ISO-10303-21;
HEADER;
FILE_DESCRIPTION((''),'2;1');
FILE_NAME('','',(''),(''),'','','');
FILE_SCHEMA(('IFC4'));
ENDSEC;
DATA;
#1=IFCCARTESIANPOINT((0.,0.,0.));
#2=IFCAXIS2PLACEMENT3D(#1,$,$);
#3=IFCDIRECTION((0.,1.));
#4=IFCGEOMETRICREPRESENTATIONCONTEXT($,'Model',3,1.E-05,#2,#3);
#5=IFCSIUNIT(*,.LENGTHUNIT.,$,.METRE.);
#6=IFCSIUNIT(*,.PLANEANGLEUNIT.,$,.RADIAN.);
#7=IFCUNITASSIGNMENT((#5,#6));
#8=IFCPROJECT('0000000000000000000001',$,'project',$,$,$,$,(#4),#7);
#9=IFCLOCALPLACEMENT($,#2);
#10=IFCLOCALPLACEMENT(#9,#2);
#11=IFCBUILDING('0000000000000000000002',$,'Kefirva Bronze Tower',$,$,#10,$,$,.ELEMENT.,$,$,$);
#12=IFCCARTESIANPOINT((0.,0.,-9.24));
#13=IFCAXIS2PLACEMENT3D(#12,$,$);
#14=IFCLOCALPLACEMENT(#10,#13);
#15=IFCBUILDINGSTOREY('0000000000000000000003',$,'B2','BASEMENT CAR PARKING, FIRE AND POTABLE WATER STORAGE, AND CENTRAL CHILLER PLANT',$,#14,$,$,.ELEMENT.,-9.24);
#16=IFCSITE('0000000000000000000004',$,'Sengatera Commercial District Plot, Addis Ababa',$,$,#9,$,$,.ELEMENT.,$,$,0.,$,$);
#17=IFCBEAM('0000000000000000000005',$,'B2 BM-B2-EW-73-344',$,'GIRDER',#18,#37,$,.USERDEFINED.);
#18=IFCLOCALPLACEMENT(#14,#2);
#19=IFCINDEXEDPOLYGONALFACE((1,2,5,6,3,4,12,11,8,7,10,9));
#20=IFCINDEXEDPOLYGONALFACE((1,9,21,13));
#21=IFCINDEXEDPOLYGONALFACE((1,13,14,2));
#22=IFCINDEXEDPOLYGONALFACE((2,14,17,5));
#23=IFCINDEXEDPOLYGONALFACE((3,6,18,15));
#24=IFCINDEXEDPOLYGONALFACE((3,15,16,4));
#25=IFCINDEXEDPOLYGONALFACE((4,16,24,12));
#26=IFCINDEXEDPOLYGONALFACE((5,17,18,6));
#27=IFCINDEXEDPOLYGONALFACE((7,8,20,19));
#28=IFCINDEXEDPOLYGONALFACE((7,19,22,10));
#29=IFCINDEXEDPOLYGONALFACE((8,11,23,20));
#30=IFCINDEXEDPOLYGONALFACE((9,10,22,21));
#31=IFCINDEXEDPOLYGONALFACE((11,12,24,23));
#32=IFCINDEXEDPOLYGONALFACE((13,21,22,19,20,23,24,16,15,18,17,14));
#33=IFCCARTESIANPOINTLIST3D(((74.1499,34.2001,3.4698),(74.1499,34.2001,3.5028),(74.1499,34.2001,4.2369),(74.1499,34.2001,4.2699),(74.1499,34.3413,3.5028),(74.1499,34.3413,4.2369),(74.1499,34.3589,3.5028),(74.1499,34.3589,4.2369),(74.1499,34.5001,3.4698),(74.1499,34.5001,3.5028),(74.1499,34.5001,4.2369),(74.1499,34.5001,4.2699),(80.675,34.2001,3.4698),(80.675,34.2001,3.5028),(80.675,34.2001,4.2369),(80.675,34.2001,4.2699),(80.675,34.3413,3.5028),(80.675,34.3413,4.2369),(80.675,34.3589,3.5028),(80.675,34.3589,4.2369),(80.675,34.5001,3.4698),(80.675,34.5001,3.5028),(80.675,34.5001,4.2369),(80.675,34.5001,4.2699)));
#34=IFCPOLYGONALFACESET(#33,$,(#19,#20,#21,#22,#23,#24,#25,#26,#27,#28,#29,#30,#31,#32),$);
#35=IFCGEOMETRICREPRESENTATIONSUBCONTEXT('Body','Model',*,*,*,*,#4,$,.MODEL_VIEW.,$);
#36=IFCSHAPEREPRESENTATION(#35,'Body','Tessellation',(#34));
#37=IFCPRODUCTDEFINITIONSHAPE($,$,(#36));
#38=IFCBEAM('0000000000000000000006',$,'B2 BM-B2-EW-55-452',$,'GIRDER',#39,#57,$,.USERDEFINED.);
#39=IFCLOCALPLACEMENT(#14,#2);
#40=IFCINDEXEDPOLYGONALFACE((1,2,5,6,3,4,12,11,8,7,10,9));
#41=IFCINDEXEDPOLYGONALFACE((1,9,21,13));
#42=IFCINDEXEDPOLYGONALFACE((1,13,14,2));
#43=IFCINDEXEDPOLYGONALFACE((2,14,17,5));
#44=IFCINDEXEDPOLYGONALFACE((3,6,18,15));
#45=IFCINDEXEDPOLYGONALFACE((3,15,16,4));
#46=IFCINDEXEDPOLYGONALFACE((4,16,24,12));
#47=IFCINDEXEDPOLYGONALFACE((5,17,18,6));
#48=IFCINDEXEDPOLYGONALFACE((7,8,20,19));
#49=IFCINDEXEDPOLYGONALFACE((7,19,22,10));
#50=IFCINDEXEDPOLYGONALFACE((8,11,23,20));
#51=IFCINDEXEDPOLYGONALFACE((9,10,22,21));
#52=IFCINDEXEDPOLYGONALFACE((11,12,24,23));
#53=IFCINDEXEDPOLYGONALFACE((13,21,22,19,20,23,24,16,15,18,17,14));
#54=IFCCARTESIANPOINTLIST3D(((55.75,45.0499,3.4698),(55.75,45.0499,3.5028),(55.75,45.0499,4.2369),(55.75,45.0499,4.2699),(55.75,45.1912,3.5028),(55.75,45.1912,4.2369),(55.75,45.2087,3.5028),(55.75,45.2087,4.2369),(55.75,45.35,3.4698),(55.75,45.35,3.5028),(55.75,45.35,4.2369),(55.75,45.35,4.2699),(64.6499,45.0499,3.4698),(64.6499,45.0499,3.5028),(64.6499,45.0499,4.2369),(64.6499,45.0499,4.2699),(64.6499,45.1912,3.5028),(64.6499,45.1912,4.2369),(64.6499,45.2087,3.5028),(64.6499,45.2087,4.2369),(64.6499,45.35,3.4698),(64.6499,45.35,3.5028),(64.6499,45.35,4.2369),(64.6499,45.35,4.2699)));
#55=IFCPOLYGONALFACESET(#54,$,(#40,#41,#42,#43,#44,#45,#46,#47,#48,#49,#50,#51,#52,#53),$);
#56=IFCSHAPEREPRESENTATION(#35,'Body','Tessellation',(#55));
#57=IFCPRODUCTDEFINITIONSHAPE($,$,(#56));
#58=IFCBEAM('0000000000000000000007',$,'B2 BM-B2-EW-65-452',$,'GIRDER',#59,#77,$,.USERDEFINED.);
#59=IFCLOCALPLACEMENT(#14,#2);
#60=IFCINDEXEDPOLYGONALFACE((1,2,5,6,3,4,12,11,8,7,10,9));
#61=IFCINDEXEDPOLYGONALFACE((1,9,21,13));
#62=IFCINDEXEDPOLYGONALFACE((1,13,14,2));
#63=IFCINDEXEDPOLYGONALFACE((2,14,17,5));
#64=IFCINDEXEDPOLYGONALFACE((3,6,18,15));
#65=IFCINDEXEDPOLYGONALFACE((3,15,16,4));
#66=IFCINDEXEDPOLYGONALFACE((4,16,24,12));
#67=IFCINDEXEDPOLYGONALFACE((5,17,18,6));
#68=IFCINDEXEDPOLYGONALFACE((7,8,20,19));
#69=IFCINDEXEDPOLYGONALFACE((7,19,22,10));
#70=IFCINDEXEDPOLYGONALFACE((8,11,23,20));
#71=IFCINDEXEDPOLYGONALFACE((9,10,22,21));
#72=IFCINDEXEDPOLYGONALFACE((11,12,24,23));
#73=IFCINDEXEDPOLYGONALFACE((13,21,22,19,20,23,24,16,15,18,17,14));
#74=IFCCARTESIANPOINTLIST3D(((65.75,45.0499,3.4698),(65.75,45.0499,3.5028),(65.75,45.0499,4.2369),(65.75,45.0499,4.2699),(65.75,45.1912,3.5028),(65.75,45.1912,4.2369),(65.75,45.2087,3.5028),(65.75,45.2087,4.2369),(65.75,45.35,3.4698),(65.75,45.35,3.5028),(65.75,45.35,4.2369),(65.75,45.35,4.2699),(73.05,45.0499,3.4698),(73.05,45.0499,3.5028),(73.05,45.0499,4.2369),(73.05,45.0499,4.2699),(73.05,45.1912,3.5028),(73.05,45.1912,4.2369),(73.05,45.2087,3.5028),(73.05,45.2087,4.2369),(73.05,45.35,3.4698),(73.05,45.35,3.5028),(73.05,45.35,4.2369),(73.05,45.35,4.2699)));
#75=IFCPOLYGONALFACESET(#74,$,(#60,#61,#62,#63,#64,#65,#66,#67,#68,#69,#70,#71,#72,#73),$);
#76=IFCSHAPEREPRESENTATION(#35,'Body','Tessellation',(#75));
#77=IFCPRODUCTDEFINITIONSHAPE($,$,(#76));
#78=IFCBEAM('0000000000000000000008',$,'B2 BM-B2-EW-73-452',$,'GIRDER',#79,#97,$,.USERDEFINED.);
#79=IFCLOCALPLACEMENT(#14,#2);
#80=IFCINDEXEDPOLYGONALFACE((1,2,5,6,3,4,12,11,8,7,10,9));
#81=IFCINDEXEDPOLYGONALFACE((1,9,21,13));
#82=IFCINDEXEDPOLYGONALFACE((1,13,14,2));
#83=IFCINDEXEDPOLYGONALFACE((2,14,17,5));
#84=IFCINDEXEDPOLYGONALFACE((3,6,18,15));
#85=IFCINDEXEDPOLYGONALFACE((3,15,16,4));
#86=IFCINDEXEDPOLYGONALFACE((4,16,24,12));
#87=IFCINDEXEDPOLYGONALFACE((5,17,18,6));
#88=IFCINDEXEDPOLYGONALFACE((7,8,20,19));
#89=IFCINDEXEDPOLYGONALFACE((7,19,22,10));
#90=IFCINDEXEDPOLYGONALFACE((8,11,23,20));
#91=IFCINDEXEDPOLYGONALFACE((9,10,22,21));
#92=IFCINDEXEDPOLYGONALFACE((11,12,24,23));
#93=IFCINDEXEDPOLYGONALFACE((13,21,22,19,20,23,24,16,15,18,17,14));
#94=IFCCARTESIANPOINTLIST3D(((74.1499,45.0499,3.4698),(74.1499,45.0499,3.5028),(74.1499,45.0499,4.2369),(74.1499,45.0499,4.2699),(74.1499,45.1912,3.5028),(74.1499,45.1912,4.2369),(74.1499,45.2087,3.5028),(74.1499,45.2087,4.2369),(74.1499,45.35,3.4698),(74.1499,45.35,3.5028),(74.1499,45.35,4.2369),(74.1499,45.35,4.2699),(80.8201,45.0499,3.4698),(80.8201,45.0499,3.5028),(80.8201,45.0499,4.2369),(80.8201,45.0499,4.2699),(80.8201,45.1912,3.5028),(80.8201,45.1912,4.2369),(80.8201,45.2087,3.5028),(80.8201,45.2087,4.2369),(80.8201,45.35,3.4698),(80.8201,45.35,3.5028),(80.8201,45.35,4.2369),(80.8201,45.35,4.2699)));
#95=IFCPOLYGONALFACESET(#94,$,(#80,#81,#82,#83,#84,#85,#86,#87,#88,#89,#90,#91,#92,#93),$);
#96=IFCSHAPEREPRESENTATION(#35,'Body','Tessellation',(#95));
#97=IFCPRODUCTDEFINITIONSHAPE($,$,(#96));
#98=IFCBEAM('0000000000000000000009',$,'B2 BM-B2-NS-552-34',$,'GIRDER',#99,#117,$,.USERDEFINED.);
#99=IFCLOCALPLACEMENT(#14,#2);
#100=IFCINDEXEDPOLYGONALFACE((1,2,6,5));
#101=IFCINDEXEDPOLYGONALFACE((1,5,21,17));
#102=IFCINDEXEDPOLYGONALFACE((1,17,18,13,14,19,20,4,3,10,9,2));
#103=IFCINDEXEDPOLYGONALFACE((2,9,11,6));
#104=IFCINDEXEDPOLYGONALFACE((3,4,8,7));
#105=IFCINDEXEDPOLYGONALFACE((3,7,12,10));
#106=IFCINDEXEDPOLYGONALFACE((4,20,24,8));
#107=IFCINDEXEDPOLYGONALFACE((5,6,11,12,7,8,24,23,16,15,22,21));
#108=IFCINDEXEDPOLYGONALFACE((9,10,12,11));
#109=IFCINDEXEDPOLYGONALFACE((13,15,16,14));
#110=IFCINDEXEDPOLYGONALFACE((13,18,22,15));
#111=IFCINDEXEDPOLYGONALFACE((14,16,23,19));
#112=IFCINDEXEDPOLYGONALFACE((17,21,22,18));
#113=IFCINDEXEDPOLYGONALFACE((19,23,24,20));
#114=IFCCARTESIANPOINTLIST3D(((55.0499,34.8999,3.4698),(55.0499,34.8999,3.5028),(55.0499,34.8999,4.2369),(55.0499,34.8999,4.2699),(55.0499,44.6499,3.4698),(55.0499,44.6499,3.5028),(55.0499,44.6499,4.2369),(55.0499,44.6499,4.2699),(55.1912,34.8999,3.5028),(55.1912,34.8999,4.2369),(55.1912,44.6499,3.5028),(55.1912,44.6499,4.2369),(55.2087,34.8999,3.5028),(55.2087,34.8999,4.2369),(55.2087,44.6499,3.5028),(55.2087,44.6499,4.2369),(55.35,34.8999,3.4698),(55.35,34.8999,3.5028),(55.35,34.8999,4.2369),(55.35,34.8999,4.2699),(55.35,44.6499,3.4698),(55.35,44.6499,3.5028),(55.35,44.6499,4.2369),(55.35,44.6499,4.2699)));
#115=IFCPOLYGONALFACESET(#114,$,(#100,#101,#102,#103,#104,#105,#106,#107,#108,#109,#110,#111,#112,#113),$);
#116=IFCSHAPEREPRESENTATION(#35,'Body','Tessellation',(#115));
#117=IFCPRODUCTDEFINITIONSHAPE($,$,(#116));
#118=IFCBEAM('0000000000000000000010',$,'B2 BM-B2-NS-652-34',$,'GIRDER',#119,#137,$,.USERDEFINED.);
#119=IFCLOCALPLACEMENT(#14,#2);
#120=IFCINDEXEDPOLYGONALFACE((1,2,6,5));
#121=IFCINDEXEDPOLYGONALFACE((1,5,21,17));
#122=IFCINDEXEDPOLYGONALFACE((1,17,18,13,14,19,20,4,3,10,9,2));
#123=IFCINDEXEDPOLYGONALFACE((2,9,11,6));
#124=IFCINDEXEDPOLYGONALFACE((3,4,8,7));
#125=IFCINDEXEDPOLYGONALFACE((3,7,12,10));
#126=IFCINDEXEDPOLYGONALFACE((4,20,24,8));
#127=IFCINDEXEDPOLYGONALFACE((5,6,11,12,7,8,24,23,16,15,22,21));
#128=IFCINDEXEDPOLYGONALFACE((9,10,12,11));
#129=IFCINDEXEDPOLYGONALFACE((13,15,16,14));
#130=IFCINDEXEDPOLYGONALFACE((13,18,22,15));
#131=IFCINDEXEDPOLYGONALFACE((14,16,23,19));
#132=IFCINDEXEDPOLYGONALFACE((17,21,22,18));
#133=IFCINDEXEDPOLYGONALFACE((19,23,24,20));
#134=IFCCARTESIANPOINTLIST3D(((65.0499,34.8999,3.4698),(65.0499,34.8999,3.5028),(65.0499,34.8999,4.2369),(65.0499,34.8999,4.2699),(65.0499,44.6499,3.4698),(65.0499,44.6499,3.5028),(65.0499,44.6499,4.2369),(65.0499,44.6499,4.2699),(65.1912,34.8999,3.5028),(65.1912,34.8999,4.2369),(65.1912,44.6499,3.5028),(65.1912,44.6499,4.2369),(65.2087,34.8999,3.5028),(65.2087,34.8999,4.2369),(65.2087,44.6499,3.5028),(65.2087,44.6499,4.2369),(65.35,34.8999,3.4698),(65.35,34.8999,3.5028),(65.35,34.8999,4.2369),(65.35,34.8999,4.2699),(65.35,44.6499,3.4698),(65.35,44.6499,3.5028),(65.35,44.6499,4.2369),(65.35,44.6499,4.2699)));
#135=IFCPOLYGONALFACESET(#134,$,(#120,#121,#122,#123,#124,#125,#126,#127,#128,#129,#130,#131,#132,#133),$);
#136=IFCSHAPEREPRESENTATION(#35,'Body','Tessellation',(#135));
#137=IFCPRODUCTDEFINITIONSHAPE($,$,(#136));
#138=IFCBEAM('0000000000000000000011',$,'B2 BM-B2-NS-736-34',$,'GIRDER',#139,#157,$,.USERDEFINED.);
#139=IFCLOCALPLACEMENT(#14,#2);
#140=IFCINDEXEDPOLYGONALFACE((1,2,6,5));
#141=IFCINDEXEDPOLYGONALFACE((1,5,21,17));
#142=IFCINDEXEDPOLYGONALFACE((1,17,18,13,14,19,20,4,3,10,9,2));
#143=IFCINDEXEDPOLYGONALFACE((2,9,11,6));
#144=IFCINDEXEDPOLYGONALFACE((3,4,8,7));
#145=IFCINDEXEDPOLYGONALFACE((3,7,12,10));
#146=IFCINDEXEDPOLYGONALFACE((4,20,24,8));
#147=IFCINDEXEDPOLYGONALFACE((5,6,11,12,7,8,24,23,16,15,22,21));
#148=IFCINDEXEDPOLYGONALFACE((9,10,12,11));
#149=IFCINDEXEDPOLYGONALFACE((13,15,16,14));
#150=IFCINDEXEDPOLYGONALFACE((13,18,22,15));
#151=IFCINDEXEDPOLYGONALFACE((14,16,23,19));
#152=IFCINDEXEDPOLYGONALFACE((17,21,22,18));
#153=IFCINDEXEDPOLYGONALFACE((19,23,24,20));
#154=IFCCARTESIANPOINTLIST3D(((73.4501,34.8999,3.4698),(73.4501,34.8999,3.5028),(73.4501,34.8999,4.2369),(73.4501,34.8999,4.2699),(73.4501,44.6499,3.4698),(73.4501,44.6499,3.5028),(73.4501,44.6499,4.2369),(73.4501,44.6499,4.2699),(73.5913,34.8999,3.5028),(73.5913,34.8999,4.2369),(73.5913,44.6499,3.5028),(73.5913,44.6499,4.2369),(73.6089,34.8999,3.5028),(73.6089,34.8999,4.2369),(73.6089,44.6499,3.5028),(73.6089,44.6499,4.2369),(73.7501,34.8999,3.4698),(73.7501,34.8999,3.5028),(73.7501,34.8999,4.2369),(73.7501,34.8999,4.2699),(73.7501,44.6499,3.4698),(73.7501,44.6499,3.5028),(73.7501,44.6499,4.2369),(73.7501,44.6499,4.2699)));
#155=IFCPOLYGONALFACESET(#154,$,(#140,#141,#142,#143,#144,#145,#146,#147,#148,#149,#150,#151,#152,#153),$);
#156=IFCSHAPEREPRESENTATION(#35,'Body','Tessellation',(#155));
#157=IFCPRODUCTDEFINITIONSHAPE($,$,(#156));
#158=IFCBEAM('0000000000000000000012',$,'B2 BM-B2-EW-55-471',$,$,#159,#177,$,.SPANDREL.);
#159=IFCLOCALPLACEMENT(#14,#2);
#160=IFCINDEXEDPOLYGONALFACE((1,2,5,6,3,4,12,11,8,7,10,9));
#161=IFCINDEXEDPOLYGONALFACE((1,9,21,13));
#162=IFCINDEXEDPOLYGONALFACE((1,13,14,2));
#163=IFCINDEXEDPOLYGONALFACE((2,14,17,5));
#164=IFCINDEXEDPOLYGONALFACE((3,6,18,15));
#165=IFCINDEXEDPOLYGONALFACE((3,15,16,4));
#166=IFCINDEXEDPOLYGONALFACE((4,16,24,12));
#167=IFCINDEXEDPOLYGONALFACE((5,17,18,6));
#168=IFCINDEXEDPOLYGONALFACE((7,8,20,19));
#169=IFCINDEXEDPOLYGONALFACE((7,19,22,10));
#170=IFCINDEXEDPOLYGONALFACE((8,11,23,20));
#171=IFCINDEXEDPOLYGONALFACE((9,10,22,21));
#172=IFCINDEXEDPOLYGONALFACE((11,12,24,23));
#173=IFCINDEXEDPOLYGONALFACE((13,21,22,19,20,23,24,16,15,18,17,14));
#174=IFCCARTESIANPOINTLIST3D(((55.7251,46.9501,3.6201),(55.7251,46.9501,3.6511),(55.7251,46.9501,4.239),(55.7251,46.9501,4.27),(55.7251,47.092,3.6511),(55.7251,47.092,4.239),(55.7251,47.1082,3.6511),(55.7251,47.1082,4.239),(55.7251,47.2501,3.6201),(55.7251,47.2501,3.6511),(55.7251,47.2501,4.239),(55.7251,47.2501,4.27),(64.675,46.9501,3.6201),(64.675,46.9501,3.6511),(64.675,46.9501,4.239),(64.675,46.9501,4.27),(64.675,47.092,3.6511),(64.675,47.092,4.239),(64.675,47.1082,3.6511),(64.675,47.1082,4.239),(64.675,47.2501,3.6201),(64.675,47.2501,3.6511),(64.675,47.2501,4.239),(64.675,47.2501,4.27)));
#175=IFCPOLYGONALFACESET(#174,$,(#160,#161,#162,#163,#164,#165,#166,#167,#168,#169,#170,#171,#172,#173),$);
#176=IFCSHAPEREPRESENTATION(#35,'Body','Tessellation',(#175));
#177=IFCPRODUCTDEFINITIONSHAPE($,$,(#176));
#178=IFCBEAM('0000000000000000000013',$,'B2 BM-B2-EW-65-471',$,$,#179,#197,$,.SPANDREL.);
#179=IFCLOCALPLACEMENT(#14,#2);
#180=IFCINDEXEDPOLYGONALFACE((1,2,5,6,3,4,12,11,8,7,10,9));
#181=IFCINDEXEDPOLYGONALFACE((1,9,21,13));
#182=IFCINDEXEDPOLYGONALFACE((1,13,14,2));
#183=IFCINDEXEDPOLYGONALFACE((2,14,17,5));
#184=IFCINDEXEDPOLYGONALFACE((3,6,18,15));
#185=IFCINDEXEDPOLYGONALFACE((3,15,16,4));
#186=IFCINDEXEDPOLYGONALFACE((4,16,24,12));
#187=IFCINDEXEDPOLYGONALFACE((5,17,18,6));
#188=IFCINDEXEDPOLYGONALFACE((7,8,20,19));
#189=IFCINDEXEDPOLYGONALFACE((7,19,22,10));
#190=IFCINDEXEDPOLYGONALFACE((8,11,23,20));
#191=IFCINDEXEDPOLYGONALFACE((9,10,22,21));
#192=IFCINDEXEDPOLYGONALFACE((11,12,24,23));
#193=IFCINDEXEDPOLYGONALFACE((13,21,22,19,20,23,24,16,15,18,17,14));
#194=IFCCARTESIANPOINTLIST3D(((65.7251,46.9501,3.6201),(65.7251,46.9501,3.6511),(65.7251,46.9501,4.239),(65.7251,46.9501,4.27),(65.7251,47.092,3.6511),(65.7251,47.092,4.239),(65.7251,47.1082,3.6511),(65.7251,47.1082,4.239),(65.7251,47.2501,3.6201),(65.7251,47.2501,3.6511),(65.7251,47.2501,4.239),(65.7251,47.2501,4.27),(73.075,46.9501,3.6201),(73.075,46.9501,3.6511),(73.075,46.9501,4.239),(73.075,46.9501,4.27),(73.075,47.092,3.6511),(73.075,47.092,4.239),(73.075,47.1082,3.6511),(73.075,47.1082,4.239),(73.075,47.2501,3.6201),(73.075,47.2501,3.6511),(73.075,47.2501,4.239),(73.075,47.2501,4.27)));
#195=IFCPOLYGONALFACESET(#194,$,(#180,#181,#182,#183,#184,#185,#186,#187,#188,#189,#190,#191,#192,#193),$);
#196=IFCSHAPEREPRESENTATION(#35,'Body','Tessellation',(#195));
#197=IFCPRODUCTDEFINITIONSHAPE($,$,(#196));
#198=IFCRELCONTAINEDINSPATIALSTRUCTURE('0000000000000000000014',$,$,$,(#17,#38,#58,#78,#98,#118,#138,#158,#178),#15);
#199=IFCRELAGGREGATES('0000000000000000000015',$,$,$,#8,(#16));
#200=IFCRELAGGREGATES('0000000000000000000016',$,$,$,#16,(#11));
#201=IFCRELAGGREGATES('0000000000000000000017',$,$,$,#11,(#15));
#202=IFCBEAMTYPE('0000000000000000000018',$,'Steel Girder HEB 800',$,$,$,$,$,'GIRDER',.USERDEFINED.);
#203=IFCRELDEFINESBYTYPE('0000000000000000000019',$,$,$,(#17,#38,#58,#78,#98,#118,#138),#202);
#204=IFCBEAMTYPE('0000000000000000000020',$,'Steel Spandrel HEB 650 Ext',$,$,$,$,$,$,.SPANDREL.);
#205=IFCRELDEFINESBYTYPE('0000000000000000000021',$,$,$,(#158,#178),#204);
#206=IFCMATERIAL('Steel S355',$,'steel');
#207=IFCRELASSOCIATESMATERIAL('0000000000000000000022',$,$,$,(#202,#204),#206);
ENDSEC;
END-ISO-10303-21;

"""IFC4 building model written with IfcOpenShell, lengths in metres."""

from ifc_helpers import new_model, si_unit, direction, frame, origin, origin_2d, place, context, subcontext, project, spatial, i_section, extrude, material, material_profile, profile_set, type_object, element, save


model = new_model("IFC4")

# Units and contexts
model_context = context("Model", 3, precision=1e-05, world=origin(), true_north=direction((0.0, 1.0)))
body_context = subcontext(model_context, "Body", "Model", "MODEL_VIEW")
ifc_project = project(units=[si_unit("LENGTHUNIT", "METRE"), si_unit("PLANEANGLEUNIT", "RADIAN")], contexts=[model_context])

# Site, building, storey
site_placement = place(None, origin())
site = spatial("IfcSite", under=ifc_project, at=site_placement, Name="Sengatera Commercial District Plot, Addis Ababa", CompositionType="ELEMENT", RefElevation=0.0)
building_placement = place(site_placement, origin())
building = spatial("IfcBuilding", under=site, at=building_placement, Name="Kefirva Bronze Tower", CompositionType="ELEMENT")
storey_placement = place(building_placement, frame((0.0, 0.0, -9.24)))
storey = spatial("IfcBuildingStorey", under=building, at=storey_placement, Name="B2", Description="BASEMENT CAR PARKING, FIRE AND POTABLE WATER STORAGE, AND CENTRAL CHILLER PLANT", CompositionType="ELEMENT", Elevation=-9.24)

# Beams
ifc_material_1 = material(Name="Steel S355", Category="steel")
ifc_material_profile_1 = material_profile(ifc_material_1, i_section(OverallWidth=0.3, OverallDepth=0.8, WebThickness=0.0176, FlangeThickness=0.033, at=origin_2d()), Name="HEB 800")
ifc_profile_set_1 = profile_set([ifc_material_profile_1], Name="Steel S355")
beam_type_1 = type_object("IfcBeamType", Name="Steel Girder HEB 800", ElementType="GIRDER", PredefinedType="USERDEFINED", material=ifc_profile_set_1)
beam_1_placement = place(storey_placement, frame((74.1499, 34.3501, 3.8699), z_axis=(1.0, 0.0, 0.0), x_axis=(0.0, 1.0, 0.0)))
element("IfcBeam", 1, at=beam_1_placement, inside=storey, type_object=beam_type_1, Name="B2 BM-B2-EW-73-344", ObjectType="GIRDER", PredefinedType="USERDEFINED", context=body_context, shape_type="SweptSolid", body=[
    extrude(i_section(OverallWidth=0.3, OverallDepth=0.8, WebThickness=0.0176, FlangeThickness=0.033, at=origin_2d()), origin(), (0.0, 0.0, 1.0), 6.5251),
])
beam_2_placement = place(storey_placement, frame((55.75, 45.2, 3.8699), z_axis=(1.0, 0.0, 0.0), x_axis=(0.0, 1.0, 0.0)))
element("IfcBeam", 2, at=beam_2_placement, inside=storey, type_object=beam_type_1, Name="B2 BM-B2-EW-55-452", ObjectType="GIRDER", PredefinedType="USERDEFINED", context=body_context, shape_type="SweptSolid", body=[
    extrude(i_section(OverallWidth=0.3, OverallDepth=0.8, WebThickness=0.0176, FlangeThickness=0.033, at=origin_2d()), origin(), (0.0, 0.0, 1.0), 8.8999),
])
beam_3_placement = place(storey_placement, frame((65.75, 45.2, 3.8699), z_axis=(1.0, 0.0, 0.0), x_axis=(0.0, 1.0, 0.0)))
element("IfcBeam", 3, at=beam_3_placement, inside=storey, type_object=beam_type_1, Name="B2 BM-B2-EW-65-452", ObjectType="GIRDER", PredefinedType="USERDEFINED", context=body_context, shape_type="SweptSolid", body=[
    extrude(i_section(OverallWidth=0.3, OverallDepth=0.8, WebThickness=0.0176, FlangeThickness=0.033, at=origin_2d()), origin(), (0.0, 0.0, 1.0), 7.3),
])
beam_4_placement = place(storey_placement, frame((74.1499, 45.2, 3.8699), z_axis=(1.0, 0.0, 0.0), x_axis=(0.0, 1.0, 0.0)))
element("IfcBeam", 4, at=beam_4_placement, inside=storey, type_object=beam_type_1, Name="B2 BM-B2-EW-73-452", ObjectType="GIRDER", PredefinedType="USERDEFINED", context=body_context, shape_type="SweptSolid", body=[
    extrude(i_section(OverallWidth=0.3, OverallDepth=0.8, WebThickness=0.0176, FlangeThickness=0.033, at=origin_2d()), origin(), (0.0, 0.0, 1.0), 6.6702),
])
for number, where, z_axis, x_axis, name in (
    (5, (55.2, 34.8999, 3.8699), (0.0, 1.0, 0.0), (-1.0, 0.0, 0.0), "B2 BM-B2-NS-552-34"),
    (6, (65.2, 34.8999, 3.8699), (0.0, 1.0, 0.0), (-1.0, 0.0, 0.0), "B2 BM-B2-NS-652-34"),
    (7, (73.6001, 34.8999, 3.8699), (0.0, 1.0, 0.0), (-1.0, 0.0, 0.0), "B2 BM-B2-NS-736-34"),
):
    element("IfcBeam", number, at=place(storey_placement, frame(where, z_axis=z_axis, x_axis=x_axis)), inside=storey, type_object=beam_type_1, Name=name, ObjectType="GIRDER", PredefinedType="USERDEFINED", context=body_context, shape_type="SweptSolid", body=[
        extrude(i_section(OverallWidth=0.3, OverallDepth=0.8, WebThickness=0.0176, FlangeThickness=0.033, at=origin_2d()), origin(), (0.0, 0.0, 1.0), 9.75),
    ])
ifc_material_profile_2 = material_profile(ifc_material_1, i_section(OverallWidth=0.3, OverallDepth=0.6499, WebThickness=0.0161, FlangeThickness=0.031, at=origin_2d()), Name="HEB 650")
ifc_profile_set_2 = profile_set([ifc_material_profile_2], Name="Steel S355")
beam_type_2 = type_object("IfcBeamType", Name="Steel Spandrel HEB 650 Ext", PredefinedType="SPANDREL", material=ifc_profile_set_2)
beam_5_placement = place(storey_placement, frame((55.7251, 47.1001, 3.9451), z_axis=(1.0, 0.0, 0.0), x_axis=(0.0, 1.0, 0.0)))
element("IfcBeam", 8, at=beam_5_placement, inside=storey, type_object=beam_type_2, Name="B2 BM-B2-EW-55-471", PredefinedType="SPANDREL", context=body_context, shape_type="SweptSolid", body=[
    extrude(i_section(OverallWidth=0.3, OverallDepth=0.6499, WebThickness=0.0161, FlangeThickness=0.031, at=origin_2d()), origin(), (0.0, 0.0, 1.0), 8.95),
])
beam_6_placement = place(storey_placement, frame((65.7251, 47.1001, 3.9451), z_axis=(1.0, 0.0, 0.0), x_axis=(0.0, 1.0, 0.0)))
element("IfcBeam", 9, at=beam_6_placement, inside=storey, type_object=beam_type_2, Name="B2 BM-B2-EW-65-471", PredefinedType="SPANDREL", context=body_context, shape_type="SweptSolid", body=[
    extrude(i_section(OverallWidth=0.3, OverallDepth=0.6499, WebThickness=0.0161, FlangeThickness=0.031, at=origin_2d()), origin(), (0.0, 0.0, 1.0), 7.3499),
])

save(model, "model.ifc")
